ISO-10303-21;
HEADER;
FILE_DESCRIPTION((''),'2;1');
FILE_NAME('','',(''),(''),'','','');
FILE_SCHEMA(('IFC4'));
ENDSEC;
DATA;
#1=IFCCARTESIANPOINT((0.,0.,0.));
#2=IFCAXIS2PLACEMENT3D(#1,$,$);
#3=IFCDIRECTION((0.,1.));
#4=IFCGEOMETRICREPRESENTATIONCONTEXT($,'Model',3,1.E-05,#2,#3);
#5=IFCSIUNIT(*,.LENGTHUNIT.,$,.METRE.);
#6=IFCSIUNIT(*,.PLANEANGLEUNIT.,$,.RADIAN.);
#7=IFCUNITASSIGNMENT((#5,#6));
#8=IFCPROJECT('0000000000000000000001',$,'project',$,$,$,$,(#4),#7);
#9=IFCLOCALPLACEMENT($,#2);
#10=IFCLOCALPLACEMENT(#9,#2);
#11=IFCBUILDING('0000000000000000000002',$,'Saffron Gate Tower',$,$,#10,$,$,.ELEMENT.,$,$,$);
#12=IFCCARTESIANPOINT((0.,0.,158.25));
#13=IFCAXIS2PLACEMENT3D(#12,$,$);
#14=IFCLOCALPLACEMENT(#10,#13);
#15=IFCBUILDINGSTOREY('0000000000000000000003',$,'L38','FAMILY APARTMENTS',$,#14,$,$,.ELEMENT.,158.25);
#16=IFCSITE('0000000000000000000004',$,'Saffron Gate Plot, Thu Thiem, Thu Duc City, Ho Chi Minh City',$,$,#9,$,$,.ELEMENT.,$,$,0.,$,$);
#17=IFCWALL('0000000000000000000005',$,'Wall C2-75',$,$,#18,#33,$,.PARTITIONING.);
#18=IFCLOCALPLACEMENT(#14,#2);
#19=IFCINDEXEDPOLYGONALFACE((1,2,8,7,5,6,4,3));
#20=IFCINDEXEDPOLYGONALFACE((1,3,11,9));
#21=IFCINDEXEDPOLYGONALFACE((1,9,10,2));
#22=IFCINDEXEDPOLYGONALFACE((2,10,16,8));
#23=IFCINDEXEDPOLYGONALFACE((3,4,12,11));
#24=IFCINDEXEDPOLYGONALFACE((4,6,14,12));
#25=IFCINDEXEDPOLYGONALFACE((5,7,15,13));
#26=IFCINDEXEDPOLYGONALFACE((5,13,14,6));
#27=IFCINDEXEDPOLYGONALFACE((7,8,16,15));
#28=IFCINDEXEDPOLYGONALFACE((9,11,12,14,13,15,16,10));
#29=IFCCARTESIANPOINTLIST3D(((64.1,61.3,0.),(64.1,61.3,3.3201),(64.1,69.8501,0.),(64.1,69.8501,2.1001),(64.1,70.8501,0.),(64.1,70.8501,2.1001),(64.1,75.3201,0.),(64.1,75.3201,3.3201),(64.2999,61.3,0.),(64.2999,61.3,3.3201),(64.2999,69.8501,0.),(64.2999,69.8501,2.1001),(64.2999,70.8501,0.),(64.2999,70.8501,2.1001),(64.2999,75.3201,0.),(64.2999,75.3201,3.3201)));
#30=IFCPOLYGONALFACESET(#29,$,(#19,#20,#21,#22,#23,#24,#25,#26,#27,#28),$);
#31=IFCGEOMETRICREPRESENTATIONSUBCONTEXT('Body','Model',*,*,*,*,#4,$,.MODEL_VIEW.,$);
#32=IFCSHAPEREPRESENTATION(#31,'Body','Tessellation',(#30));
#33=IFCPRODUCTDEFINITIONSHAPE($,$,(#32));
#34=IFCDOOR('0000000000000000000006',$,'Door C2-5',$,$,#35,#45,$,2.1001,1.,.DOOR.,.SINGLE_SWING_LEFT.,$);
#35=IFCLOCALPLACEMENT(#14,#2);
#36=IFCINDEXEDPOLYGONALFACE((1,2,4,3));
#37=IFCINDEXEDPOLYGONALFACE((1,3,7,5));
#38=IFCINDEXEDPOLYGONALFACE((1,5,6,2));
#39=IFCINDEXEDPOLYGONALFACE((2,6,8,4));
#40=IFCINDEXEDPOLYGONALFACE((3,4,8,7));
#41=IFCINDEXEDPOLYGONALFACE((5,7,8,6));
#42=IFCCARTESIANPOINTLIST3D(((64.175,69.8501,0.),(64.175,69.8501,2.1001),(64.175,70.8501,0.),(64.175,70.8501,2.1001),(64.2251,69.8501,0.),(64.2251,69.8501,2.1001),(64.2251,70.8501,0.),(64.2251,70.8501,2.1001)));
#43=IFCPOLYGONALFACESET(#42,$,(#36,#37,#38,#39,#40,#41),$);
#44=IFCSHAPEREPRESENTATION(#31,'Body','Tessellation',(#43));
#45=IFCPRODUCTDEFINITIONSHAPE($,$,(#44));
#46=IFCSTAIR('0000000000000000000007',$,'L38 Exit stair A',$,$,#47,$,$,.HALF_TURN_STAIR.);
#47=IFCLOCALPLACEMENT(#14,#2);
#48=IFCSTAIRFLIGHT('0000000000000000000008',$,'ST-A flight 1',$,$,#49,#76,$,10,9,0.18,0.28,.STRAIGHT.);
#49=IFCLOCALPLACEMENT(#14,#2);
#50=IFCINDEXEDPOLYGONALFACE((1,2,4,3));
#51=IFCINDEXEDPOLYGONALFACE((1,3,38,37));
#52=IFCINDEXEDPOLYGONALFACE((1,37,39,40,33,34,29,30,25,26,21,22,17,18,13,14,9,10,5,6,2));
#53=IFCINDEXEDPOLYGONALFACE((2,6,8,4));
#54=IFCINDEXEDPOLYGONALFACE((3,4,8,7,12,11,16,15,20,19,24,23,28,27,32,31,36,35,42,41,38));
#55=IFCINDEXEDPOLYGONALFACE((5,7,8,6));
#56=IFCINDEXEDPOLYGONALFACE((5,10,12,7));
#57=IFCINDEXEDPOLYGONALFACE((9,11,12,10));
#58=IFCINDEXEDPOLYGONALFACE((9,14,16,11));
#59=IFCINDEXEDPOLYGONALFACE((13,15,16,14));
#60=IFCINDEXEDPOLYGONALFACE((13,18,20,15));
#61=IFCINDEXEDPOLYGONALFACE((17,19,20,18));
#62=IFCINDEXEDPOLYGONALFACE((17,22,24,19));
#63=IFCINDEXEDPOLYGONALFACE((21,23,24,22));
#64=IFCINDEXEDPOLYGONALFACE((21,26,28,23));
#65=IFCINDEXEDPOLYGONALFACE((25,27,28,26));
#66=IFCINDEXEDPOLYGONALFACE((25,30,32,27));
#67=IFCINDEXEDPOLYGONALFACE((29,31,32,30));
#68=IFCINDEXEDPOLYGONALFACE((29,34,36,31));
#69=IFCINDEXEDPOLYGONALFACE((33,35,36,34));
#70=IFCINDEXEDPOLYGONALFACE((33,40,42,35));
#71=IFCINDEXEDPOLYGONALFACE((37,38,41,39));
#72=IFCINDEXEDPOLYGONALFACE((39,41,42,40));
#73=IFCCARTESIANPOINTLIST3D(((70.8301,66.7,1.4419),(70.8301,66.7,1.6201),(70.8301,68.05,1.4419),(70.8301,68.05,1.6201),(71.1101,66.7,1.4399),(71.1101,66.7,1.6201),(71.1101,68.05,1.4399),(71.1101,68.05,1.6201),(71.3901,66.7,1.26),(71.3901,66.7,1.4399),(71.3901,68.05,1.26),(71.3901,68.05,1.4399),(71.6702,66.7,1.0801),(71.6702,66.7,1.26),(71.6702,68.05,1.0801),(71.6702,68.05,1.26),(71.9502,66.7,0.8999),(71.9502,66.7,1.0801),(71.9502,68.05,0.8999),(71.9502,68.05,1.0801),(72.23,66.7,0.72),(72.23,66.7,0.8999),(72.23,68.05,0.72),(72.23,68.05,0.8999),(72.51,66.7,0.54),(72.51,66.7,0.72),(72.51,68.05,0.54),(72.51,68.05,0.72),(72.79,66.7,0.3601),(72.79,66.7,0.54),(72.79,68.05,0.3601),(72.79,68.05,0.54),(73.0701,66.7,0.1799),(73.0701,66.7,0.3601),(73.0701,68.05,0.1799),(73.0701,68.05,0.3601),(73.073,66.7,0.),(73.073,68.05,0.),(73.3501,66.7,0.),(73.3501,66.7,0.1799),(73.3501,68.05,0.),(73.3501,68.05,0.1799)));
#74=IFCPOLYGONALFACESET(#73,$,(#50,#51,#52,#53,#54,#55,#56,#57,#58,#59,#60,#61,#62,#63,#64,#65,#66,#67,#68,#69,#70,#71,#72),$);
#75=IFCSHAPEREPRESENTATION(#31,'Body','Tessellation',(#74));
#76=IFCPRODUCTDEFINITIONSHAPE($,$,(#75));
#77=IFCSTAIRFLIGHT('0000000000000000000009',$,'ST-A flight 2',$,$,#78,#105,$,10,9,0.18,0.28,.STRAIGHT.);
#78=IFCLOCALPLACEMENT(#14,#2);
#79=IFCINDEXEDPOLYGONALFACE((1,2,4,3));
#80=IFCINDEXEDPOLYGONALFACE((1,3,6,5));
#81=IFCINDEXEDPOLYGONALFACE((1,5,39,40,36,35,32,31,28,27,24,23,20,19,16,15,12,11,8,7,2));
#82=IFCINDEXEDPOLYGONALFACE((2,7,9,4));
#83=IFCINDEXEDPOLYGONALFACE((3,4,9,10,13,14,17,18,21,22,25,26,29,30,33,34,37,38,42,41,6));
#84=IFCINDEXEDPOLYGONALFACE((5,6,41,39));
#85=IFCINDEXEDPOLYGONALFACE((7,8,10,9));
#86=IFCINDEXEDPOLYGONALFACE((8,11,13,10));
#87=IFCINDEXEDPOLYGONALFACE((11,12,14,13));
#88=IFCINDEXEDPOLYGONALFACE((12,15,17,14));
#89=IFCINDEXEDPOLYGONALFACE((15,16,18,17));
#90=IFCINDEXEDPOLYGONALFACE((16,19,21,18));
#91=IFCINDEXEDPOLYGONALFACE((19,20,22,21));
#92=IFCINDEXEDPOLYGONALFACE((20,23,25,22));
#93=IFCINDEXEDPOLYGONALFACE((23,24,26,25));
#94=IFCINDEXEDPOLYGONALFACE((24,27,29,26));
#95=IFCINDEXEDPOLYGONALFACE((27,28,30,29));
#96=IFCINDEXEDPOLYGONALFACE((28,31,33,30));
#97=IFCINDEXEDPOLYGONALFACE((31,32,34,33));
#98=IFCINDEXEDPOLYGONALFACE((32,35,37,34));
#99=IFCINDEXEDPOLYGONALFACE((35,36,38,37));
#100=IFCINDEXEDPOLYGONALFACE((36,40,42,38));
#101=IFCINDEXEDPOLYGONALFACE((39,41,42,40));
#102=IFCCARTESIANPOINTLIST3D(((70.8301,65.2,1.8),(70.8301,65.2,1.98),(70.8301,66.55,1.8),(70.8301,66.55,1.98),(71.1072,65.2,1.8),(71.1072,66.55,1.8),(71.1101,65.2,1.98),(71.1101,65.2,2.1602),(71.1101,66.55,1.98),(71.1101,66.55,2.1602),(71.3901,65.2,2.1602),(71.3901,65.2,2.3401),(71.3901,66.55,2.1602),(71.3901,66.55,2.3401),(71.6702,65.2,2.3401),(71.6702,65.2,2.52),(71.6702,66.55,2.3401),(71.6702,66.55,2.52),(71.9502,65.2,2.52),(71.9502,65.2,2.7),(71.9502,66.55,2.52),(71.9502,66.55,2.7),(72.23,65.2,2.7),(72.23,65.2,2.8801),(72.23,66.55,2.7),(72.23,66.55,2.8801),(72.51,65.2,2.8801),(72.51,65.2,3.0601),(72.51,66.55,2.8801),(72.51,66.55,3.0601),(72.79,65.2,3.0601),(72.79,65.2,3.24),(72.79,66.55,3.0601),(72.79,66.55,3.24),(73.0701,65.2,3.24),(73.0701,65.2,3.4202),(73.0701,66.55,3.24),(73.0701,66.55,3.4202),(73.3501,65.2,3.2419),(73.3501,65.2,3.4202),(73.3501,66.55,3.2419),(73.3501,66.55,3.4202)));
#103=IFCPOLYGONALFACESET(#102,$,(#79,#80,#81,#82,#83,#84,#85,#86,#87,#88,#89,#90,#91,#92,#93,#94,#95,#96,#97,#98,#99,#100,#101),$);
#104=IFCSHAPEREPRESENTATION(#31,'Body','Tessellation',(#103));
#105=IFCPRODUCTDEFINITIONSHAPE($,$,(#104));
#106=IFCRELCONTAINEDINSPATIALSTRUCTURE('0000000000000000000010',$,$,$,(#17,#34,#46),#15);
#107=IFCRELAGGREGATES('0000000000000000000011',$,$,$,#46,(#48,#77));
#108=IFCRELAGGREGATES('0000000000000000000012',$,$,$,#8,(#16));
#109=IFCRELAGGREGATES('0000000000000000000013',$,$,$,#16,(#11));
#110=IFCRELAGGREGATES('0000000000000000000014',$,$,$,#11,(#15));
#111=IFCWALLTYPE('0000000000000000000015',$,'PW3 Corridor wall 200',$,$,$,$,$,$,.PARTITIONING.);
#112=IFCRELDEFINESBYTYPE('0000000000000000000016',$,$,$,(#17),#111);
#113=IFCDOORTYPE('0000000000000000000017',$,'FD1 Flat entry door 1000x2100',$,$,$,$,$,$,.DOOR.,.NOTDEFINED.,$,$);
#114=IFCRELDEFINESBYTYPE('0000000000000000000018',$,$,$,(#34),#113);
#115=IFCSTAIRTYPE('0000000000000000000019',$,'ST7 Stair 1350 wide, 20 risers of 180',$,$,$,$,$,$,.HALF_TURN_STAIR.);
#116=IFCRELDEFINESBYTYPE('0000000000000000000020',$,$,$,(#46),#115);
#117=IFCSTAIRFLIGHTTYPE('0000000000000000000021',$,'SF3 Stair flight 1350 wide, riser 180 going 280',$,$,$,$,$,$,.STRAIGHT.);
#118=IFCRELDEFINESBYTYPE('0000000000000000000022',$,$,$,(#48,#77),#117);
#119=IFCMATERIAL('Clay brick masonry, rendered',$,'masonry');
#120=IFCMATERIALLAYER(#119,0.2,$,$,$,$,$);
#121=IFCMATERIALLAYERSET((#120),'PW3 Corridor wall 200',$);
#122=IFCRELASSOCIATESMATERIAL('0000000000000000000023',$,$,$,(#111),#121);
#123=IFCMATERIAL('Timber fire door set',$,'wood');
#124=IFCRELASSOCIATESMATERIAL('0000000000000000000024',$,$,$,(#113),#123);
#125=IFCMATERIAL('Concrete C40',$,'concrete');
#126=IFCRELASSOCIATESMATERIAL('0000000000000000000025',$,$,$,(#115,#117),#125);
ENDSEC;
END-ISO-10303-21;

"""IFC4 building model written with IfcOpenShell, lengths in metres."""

from ifc_helpers import new_model, si_unit, direction, frame, frame_2d, origin, place, context, subcontext, project, spatial, polyline, rectangle, outline, extrude, material, layer, layer_set, type_object, element, fill, aggregate, save


model = new_model("IFC4")

# Units and contexts
model_context = context("Model", 3, precision=1e-05, world=origin(), true_north=direction((0.0, 1.0)))
body_context = subcontext(model_context, "Body", "Model", "MODEL_VIEW")
ifc_project = project(units=[si_unit("LENGTHUNIT", "METRE"), si_unit("PLANEANGLEUNIT", "RADIAN")], contexts=[model_context])

# Site, building, storey
site_placement = place(None, origin())
site = spatial("IfcSite", under=ifc_project, at=site_placement, Name="Saffron Gate Plot, Thu Thiem, Thu Duc City, Ho Chi Minh City", CompositionType="ELEMENT", RefElevation=0.0)
building_placement = place(site_placement, origin())
building = spatial("IfcBuilding", under=site, at=building_placement, Name="Saffron Gate Tower", CompositionType="ELEMENT")
storey_placement = place(building_placement, frame((0.0, 0.0, 158.25)))
storey = spatial("IfcBuildingStorey", under=building, at=storey_placement, Name="L38", Description="FAMILY APARTMENTS", CompositionType="ELEMENT", Elevation=158.25)

# Wall, opening, door
ifc_material_1 = material(Name="Clay brick masonry, rendered", Category="masonry")
ifc_layer_1 = layer(ifc_material_1, 0.2)
ifc_layer_set_1 = layer_set([ifc_layer_1], Name="PW3 Corridor wall 200")
wall_type_1 = type_object("IfcWallType", Name="PW3 Corridor wall 200", PredefinedType="PARTITIONING", material=ifc_layer_set_1)
wall_1_placement = place(storey_placement, frame((64.2, 61.3, 0.0), z_axis=(0.0, 0.0, 1.0), x_axis=(0.0, 1.0, 0.0)))
wall_1 = element("IfcWall", 1, at=wall_1_placement, inside=storey, type_object=wall_type_1, Name="Wall C2-75", PredefinedType="PARTITIONING", context=body_context, shape_type="SweptSolid", body=[
    extrude(rectangle(XDim=14.02, YDim=0.2, at=frame_2d((7.01, 0.0))), origin(), (0.0, 0.0, 1.0), 3.3201),
])
opening_1_placement = place(wall_1_placement, frame((8.55, 0.0, 0.0)))
opening_1 = element("IfcOpeningElement", 2, at=opening_1_placement, cuts=wall_1, PredefinedType="OPENING", context=body_context, shape_type="SweptSolid", body=[
    extrude(rectangle(XDim=1.0, YDim=2.1001, at=frame_2d((0.5, 1.05))), frame((0.0, 0.1099, 0.0), z_axis=(0.0, -1.0, 0.0), x_axis=(1.0, 0.0, 0.0)), (0.0, 0.0, 1.0), 0.22),
])
ifc_material_2 = material(Name="Timber fire door set", Category="wood")
door_type_1 = type_object("IfcDoorType", Name="FD1 Flat entry door 1000x2100", OperationType="NOTDEFINED", PredefinedType="DOOR", material=ifc_material_2)
door_1_placement = place(opening_1_placement, origin())
door_1 = element("IfcDoor", 3, at=door_1_placement, inside=storey, type_object=door_type_1, Name="Door C2-5", OperationType="SINGLE_SWING_LEFT", OverallHeight=2.1001, OverallWidth=1.0, PredefinedType="DOOR", context=body_context, shape_type="SweptSolid", body=[
    extrude(rectangle(XDim=1.0, YDim=2.1001, at=frame_2d((0.5, 1.05))), frame((0.0, 0.0249, 0.0), z_axis=(0.0, -1.0, 0.0), x_axis=(1.0, 0.0, 0.0)), (0.0, 0.0, 1.0), 0.05),
])
fill(opening_1, door_1)

# Stair, stair flights
ifc_material_3 = material(Name="Concrete C40", Category="concrete")
stair_type = type_object("IfcStairType", Name="ST7 Stair 1350 wide, 20 risers of 180", PredefinedType="HALF_TURN_STAIR", material=ifc_material_3)
stair_placement = place(storey_placement, origin())
stair = element("IfcStair", 4, at=stair_placement, inside=storey, type_object=stair_type, Name="L38 Exit stair A", PredefinedType="HALF_TURN_STAIR")
stair_flight_type = type_object("IfcStairFlightType", Name="SF3 Stair flight 1350 wide, riser 180 going 280", PredefinedType="STRAIGHT", material=ifc_material_3)
stair_flight_1_placement = place(storey_placement, frame((73.3501, 67.375, 0.0), z_axis=(0.0, 0.0, 1.0), x_axis=(-1.0, 0.0, 0.0)))
stair_flight_1 = element("IfcStairFlight", 5, at=stair_flight_1_placement, type_object=stair_flight_type, Name="ST-A flight 1", NumberOfRisers=10, NumberOfTreads=9, PredefinedType="STRAIGHT", RiserHeight=0.18, TreadLength=0.28, context=body_context, shape_type="SweptSolid", body=[
    extrude(outline(polyline([(0.0, 0.0), (0.0, 0.1799), (0.28, 0.1799), (0.28, 0.3601), (0.5601, 0.3601), (0.5601, 0.54), (0.8401, 0.54), (0.8401, 0.72), (1.1201, 0.72), (1.1201, 0.8999), (1.3999, 0.8999), (1.3999, 1.0801), (1.6799, 1.0801), (1.6799, 1.26), (1.96, 1.26), (1.96, 1.4399), (2.24, 1.4399), (2.24, 1.6201), (2.52, 1.6201), (2.52, 1.8), (2.52, 1.4419), (0.2771, 0.0), (0.0, 0.0)])), frame((0.0, 0.675, 0.0), z_axis=(0.0, -1.0, 0.0), x_axis=(1.0, 0.0, 0.0)), (0.0, 0.0, 1.0), 1.3501),
])
stair_flight_2_placement = place(storey_placement, frame((70.8301, 65.875, 1.8), z_axis=(0.0, 0.0, 1.0), x_axis=(1.0, 0.0, 0.0)))
stair_flight_2 = element("IfcStairFlight", 6, at=stair_flight_2_placement, type_object=stair_flight_type, Name="ST-A flight 2", NumberOfRisers=10, NumberOfTreads=9, PredefinedType="STRAIGHT", RiserHeight=0.18, TreadLength=0.28, context=body_context, shape_type="SweptSolid", body=[
    extrude(outline(polyline([(0.0, 0.0), (0.0, 0.1799), (0.28, 0.1799), (0.28, 0.3601), (0.5601, 0.3601), (0.5601, 0.54), (0.8401, 0.54), (0.8401, 0.72), (1.1201, 0.72), (1.1201, 0.8999), (1.3999, 0.8999), (1.3999, 1.0801), (1.6799, 1.0801), (1.6799, 1.26), (1.96, 1.26), (1.96, 1.4399), (2.24, 1.4399), (2.24, 1.6201), (2.52, 1.6201), (2.52, 1.8), (2.52, 1.4419), (0.2771, 0.0), (0.0, 0.0)])), frame((0.0, 0.675, 0.0), z_axis=(0.0, -1.0, 0.0), x_axis=(1.0, 0.0, 0.0)), (0.0, 0.0, 1.0), 1.3501),
])
aggregate(stair, [stair_flight_1, stair_flight_2])

save(model, "model.ifc")
